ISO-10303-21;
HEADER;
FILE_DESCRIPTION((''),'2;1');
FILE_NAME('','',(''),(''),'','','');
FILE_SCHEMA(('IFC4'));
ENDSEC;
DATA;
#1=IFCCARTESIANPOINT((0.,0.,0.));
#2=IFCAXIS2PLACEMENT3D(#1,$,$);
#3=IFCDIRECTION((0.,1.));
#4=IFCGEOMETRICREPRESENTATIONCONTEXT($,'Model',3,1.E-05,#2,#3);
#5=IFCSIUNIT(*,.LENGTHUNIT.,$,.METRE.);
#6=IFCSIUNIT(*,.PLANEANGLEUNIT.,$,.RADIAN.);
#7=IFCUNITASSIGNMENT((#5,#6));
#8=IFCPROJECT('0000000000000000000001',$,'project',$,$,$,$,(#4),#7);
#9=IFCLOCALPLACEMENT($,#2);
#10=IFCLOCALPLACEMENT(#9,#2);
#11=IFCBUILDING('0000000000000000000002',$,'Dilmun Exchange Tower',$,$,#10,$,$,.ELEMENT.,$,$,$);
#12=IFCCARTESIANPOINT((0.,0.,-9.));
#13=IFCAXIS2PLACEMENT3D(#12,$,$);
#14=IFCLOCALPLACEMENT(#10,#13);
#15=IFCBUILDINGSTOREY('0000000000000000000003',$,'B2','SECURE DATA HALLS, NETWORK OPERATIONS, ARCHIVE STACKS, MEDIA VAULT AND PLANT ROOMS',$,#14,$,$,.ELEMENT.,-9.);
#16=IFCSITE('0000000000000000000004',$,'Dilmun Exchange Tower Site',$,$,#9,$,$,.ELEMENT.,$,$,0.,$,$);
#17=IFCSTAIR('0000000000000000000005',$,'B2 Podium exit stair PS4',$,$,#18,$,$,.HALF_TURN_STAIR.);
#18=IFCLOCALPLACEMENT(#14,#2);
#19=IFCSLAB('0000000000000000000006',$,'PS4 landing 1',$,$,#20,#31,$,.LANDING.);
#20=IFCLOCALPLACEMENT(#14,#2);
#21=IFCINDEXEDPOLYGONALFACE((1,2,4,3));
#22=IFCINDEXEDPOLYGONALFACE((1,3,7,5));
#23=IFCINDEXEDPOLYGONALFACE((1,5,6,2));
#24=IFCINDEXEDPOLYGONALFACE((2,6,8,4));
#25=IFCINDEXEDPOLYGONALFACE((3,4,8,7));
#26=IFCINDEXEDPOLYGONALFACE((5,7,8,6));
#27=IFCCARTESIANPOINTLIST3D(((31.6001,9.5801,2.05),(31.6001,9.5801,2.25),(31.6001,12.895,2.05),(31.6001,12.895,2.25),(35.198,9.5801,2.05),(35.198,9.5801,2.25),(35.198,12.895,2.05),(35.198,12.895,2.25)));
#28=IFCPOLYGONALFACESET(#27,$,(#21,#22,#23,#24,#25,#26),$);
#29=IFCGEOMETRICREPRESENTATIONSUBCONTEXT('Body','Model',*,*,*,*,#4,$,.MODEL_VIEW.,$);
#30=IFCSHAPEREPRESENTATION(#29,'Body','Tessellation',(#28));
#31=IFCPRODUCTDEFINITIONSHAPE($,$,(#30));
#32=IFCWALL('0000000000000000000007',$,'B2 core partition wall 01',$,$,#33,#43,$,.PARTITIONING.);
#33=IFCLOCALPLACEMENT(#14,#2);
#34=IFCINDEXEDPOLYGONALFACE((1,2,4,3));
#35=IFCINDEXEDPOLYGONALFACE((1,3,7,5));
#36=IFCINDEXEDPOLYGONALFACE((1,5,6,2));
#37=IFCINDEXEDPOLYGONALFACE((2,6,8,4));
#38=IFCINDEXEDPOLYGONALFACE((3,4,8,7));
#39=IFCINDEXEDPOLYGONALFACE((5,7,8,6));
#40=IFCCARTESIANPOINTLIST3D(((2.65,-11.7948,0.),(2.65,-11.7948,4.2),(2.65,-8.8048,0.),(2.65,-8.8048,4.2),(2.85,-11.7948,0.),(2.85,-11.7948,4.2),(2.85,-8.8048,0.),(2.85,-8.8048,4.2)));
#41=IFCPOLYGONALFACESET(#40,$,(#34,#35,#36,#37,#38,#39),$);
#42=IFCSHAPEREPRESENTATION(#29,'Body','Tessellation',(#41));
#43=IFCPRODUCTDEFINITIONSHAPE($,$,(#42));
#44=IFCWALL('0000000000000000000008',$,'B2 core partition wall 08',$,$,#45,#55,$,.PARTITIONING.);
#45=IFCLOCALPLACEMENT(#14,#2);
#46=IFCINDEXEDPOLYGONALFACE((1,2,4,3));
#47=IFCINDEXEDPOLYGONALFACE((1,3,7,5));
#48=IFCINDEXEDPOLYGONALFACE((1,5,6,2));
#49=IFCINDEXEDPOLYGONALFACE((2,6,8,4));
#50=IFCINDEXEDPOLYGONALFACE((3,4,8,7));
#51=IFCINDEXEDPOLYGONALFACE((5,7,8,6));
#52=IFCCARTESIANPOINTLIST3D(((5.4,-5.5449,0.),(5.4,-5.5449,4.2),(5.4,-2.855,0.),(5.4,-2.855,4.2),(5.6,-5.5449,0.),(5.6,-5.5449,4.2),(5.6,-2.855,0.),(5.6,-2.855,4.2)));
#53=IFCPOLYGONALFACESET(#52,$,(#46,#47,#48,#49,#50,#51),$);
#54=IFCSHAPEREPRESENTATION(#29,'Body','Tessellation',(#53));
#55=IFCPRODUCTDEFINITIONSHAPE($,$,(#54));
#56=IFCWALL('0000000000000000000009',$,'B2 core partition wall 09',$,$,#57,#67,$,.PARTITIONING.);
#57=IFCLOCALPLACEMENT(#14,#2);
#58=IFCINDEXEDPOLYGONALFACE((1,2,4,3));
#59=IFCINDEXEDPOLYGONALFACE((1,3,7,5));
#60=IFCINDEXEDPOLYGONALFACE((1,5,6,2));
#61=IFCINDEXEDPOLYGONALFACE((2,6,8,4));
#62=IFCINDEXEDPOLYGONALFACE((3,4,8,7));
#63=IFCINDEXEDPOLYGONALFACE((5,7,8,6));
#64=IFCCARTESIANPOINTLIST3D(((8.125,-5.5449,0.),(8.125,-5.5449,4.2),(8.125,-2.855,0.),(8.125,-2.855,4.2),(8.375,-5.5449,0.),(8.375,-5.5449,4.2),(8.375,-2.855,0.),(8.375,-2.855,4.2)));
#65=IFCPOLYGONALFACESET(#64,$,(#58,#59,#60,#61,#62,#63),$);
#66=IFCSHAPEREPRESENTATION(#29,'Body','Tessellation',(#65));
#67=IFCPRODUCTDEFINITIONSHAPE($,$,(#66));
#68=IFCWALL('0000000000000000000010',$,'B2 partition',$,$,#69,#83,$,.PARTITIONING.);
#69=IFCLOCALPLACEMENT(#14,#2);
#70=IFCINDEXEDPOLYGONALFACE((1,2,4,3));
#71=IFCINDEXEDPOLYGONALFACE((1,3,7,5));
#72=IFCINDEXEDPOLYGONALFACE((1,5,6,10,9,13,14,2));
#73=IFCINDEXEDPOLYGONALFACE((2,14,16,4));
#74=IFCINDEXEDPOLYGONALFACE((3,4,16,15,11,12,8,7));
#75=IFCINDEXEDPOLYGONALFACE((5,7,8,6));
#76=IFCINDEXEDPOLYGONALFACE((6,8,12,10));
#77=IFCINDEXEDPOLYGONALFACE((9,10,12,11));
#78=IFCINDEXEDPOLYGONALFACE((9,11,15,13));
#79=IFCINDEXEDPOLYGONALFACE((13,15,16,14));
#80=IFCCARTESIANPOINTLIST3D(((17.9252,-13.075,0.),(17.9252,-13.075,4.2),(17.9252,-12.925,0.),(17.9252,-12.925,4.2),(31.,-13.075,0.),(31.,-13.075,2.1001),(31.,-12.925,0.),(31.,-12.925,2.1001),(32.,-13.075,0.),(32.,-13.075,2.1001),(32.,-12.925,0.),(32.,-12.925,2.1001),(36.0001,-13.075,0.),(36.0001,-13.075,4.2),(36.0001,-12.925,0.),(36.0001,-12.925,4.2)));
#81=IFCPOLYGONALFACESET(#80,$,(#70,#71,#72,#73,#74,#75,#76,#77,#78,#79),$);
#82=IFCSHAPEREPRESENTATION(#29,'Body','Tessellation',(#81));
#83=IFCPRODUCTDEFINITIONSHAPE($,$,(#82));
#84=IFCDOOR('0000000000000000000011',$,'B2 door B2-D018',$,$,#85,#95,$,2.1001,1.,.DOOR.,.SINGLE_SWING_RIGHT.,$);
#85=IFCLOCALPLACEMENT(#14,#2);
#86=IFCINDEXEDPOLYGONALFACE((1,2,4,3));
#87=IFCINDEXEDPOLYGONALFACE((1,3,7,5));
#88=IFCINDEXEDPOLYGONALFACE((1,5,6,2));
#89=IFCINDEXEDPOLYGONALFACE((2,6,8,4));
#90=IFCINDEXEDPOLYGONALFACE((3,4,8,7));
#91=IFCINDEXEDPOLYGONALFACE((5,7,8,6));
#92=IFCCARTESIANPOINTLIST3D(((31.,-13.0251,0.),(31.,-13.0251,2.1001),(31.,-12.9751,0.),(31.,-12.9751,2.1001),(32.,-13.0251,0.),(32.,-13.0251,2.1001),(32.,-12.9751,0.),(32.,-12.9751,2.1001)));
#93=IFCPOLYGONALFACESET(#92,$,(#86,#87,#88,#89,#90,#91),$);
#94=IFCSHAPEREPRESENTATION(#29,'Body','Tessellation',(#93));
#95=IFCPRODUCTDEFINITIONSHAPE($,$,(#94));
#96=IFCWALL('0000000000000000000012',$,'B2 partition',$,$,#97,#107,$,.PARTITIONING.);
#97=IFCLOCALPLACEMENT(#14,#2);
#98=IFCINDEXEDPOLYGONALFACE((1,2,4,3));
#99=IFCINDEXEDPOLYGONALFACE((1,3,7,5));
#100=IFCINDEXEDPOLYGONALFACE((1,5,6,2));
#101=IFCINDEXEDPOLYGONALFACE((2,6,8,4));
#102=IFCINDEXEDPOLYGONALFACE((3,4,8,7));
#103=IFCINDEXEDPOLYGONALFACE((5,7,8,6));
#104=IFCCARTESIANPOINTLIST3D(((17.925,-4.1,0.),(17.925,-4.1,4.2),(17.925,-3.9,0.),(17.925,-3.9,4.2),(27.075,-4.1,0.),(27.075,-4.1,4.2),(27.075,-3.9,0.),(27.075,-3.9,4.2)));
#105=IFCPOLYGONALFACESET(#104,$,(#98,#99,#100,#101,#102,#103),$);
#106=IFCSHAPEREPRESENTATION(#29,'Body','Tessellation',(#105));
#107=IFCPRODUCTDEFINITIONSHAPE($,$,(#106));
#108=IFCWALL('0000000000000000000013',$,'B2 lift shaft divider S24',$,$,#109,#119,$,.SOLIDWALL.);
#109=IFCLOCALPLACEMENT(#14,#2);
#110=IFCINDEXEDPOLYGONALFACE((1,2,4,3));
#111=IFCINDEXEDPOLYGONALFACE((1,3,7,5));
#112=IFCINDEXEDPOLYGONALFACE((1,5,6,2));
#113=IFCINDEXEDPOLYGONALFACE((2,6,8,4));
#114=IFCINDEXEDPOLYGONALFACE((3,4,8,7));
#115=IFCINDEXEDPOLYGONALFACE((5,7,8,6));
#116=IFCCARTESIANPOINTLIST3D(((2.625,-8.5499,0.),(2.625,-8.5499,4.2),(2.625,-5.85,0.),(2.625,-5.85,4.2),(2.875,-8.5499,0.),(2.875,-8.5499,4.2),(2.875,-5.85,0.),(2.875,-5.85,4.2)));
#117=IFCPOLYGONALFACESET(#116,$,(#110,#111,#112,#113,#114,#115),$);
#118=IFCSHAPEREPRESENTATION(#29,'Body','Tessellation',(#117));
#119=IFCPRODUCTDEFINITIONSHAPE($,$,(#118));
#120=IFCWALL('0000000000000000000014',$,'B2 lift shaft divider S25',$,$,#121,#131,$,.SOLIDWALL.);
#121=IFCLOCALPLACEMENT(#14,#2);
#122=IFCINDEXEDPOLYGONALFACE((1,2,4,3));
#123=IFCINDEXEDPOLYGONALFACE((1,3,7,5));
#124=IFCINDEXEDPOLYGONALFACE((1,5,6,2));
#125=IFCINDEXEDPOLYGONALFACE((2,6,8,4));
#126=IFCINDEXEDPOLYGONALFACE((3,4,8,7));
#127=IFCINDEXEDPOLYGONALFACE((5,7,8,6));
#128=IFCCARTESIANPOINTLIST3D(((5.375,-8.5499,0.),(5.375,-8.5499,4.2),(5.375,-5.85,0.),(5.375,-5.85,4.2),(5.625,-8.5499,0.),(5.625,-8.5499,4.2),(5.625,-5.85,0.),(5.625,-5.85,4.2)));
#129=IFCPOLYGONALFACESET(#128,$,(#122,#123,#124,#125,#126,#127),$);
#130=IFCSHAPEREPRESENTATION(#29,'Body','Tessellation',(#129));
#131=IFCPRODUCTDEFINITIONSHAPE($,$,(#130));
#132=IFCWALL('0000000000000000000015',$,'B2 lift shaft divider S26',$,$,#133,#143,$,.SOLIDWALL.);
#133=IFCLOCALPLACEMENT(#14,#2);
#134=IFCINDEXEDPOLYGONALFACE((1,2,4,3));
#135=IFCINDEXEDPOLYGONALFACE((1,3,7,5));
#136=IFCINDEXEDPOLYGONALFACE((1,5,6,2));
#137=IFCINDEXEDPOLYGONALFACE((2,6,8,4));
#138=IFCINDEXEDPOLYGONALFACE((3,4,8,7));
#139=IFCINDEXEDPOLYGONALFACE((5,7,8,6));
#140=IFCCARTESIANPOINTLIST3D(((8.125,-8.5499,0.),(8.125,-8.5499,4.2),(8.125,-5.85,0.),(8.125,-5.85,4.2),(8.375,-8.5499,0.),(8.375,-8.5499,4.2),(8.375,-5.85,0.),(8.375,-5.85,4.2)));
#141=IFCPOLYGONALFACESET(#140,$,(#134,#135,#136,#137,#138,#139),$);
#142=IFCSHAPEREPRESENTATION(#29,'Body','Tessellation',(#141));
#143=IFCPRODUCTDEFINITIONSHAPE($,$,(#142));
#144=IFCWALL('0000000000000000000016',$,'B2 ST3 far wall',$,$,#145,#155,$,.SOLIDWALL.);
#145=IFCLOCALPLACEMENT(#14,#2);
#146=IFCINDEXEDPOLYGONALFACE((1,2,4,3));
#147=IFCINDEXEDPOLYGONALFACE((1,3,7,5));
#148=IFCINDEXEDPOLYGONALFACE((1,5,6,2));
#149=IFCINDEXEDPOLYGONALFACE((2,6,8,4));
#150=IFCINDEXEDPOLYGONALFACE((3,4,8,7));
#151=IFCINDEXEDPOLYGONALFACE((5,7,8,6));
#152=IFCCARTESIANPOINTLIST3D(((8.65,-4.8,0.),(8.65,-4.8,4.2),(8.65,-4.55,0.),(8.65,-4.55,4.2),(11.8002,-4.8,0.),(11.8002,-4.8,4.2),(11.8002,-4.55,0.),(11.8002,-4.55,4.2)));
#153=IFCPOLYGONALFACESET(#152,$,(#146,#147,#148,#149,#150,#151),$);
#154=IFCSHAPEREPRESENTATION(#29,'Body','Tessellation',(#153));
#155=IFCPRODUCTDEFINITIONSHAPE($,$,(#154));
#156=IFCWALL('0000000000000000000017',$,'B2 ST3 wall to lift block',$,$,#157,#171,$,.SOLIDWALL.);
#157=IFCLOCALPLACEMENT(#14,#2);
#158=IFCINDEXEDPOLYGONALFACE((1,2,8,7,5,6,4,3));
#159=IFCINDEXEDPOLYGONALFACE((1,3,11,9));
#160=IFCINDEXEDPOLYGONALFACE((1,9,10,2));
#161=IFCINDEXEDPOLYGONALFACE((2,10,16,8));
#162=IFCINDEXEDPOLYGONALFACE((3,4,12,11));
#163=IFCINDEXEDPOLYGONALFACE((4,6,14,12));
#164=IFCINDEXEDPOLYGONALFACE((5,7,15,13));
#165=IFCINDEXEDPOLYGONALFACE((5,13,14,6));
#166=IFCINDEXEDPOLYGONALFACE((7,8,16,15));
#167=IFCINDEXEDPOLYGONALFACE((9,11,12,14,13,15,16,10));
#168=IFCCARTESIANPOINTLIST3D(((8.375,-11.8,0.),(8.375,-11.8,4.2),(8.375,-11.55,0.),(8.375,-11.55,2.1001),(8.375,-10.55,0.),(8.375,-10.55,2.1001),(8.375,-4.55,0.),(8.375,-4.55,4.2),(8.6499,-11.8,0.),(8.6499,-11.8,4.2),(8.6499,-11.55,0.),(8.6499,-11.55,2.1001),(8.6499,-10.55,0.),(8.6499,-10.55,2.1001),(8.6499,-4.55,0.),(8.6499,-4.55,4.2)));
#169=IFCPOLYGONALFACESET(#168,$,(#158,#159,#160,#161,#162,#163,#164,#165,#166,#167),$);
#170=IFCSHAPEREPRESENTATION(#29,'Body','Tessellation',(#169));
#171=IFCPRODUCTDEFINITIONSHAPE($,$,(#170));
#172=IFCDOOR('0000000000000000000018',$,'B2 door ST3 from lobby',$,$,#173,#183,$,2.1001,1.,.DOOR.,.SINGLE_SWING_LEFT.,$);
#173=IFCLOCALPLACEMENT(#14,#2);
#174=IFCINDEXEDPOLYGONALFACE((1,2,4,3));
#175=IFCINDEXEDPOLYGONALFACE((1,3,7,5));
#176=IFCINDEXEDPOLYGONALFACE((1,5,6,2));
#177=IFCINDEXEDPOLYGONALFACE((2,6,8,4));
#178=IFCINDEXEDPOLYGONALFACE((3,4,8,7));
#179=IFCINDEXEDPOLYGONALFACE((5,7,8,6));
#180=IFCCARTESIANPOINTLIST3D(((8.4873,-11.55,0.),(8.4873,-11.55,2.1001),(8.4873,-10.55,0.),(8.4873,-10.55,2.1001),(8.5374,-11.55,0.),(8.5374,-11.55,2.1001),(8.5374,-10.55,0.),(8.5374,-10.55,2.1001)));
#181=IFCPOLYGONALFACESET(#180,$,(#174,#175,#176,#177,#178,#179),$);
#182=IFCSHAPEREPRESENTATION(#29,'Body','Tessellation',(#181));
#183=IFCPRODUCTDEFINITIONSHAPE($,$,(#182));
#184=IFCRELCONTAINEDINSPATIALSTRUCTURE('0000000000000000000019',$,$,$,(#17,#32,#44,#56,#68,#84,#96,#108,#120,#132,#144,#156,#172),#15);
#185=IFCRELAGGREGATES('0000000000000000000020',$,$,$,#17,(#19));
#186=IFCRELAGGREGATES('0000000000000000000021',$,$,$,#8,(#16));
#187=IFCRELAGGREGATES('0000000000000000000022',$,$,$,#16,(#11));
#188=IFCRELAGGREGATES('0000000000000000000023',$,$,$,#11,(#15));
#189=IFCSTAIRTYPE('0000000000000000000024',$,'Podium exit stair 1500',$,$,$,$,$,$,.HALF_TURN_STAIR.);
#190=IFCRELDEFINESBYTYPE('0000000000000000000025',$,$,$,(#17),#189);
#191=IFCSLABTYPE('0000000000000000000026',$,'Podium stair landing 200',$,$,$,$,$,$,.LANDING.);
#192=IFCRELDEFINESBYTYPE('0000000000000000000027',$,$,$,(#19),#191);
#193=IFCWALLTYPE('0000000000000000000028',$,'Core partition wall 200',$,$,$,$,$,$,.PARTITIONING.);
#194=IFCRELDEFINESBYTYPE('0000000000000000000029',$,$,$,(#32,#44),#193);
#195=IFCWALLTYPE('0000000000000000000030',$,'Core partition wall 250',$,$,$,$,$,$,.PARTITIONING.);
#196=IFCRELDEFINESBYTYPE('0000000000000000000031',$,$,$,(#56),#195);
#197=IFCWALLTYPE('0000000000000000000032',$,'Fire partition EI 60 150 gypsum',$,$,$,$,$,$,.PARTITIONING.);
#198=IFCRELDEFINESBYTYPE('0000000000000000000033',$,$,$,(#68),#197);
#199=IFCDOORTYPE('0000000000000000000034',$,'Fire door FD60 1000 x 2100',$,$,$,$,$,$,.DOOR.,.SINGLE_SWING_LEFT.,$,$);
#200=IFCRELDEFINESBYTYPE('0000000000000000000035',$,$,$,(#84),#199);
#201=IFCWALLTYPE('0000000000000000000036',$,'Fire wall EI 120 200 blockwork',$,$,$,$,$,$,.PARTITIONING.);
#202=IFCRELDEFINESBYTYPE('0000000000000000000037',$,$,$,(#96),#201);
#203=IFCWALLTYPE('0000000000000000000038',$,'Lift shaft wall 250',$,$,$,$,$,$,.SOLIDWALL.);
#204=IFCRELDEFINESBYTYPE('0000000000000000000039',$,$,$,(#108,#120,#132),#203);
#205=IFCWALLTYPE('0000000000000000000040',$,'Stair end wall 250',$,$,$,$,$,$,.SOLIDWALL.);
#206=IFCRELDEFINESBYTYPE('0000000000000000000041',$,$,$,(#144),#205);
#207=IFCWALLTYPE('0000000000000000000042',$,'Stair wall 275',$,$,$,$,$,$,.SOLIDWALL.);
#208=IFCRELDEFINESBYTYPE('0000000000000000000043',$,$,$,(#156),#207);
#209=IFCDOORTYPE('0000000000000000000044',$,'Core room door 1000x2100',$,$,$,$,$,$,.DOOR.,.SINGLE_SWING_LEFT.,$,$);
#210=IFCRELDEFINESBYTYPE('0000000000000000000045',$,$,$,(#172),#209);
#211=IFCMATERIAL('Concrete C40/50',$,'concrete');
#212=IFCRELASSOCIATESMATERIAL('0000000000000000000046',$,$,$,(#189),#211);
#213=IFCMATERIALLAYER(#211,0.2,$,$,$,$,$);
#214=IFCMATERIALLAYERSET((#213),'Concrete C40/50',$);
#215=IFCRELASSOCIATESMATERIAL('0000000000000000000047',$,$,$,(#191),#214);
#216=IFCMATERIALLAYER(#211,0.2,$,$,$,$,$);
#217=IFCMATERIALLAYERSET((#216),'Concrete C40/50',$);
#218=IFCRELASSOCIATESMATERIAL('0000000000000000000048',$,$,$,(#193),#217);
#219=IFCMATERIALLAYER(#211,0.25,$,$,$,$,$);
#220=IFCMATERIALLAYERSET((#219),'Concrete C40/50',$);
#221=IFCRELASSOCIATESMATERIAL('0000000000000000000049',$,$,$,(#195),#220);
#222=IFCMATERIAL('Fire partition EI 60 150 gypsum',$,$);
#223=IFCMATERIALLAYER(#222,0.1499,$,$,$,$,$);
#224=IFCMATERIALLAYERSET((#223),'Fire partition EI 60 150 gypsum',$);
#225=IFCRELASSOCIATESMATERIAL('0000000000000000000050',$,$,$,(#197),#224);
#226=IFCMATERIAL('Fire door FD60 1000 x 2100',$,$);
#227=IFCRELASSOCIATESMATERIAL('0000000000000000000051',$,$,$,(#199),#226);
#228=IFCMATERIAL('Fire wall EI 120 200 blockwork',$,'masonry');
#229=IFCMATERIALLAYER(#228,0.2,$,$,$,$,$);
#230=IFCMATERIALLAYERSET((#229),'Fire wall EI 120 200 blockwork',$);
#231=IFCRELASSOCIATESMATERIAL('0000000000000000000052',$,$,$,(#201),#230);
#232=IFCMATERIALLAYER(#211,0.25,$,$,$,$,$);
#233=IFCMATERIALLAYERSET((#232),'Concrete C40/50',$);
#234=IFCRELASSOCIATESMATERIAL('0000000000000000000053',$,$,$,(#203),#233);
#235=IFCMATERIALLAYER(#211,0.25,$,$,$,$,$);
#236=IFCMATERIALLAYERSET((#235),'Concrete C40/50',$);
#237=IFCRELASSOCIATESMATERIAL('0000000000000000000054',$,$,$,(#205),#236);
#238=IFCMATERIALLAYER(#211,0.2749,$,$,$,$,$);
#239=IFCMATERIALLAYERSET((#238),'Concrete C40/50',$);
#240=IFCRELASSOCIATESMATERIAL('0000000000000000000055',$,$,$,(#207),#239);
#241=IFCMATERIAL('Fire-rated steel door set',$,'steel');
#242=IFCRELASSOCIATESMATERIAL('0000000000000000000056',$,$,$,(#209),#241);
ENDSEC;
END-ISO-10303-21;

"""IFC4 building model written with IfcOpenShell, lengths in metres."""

from ifc_helpers import new_model, si_unit, direction, frame, frame_2d, origin, place, context, subcontext, project, spatial, polyline, rectangle, outline, extrude, material, layer, layer_set, type_object, element, fill, aggregate, save


model = new_model("IFC4")

# Units and contexts
model_context = context("Model", 3, precision=1e-05, world=origin(), true_north=direction((0.0, 1.0)))
body_context = subcontext(model_context, "Body", "Model", "MODEL_VIEW")
ifc_project = project(units=[si_unit("LENGTHUNIT", "METRE"), si_unit("PLANEANGLEUNIT", "RADIAN")], contexts=[model_context])

# Site, building, storey
site_placement = place(None, origin())
site = spatial("IfcSite", under=ifc_project, at=site_placement, Name="Dilmun Exchange Tower Site", CompositionType="ELEMENT", RefElevation=0.0)
building_placement = place(site_placement, origin())
building = spatial("IfcBuilding", under=site, at=building_placement, Name="Dilmun Exchange Tower", CompositionType="ELEMENT")
storey_placement = place(building_placement, frame((0.0, 0.0, -9.0)))
storey = spatial("IfcBuildingStorey", under=building, at=storey_placement, Name="B2", Description="SECURE DATA HALLS, NETWORK OPERATIONS, ARCHIVE STACKS, MEDIA VAULT AND PLANT ROOMS", CompositionType="ELEMENT", Elevation=-9.0)

# Stair, slab
ifc_material_1 = material(Name="Concrete C40/50", Category="concrete")
stair_type_1 = type_object("IfcStairType", Name="Podium exit stair 1500", PredefinedType="HALF_TURN_STAIR", material=ifc_material_1)
ifc_layer_1 = layer(ifc_material_1, 0.2)
ifc_layer_set_1 = layer_set([ifc_layer_1], Name="Concrete C40/50")
slab_type = type_object("IfcSlabType", Name="Podium stair landing 200", PredefinedType="LANDING", material=ifc_layer_set_1)
stair_1_placement = place(storey_placement, origin())
stair_1 = element("IfcStair", 1, at=stair_1_placement, inside=storey, type_object=stair_type_1, Name="B2 Podium exit stair PS4", PredefinedType="HALF_TURN_STAIR")
slab_1_placement = place(storey_placement, frame((0.0, 0.0, 2.05)))
slab_1 = element("IfcSlab", 2, at=slab_1_placement, type_object=slab_type, Name="PS4 landing 1", PredefinedType="LANDING", context=body_context, shape_type="SweptSolid", body=[
    extrude(outline(polyline([(35.198, 9.5801), (35.198, 12.895), (31.6001, 12.895), (31.6001, 9.5801), (35.198, 9.5801)])), origin(), (0.0, 0.0, 1.0), 0.2),
])
aggregate(stair_1, [slab_1])

# Walls
ifc_layer_2 = layer(ifc_material_1, 0.2)
ifc_layer_set_2 = layer_set([ifc_layer_2], Name="Concrete C40/50")
wall_type_1 = type_object("IfcWallType", Name="Core partition wall 200", PredefinedType="PARTITIONING", material=ifc_layer_set_2)
wall_1_placement = place(storey_placement, frame((2.75, -11.7949, 0.0), z_axis=(0.0, 0.0, 1.0), x_axis=(0.0, 1.0, 0.0)))
element("IfcWall", 3, at=wall_1_placement, inside=storey, type_object=wall_type_1, Name="B2 core partition wall 01", PredefinedType="PARTITIONING", context=body_context, shape_type="SweptSolid", body=[
    extrude(rectangle(XDim=2.99, YDim=0.2, at=frame_2d((1.4951, 0.0))), origin(), (0.0, 0.0, 1.0), 4.2),
])
wall_2_placement = place(storey_placement, frame((5.5, -5.5449, 0.0), z_axis=(0.0, 0.0, 1.0), x_axis=(0.0, 1.0, 0.0)))
element("IfcWall", 4, at=wall_2_placement, inside=storey, type_object=wall_type_1, Name="B2 core partition wall 08", PredefinedType="PARTITIONING", context=body_context, shape_type="SweptSolid", body=[
    extrude(rectangle(XDim=2.6899, YDim=0.2, at=frame_2d((1.345, 0.0))), origin(), (0.0, 0.0, 1.0), 4.2),
])
ifc_layer_3 = layer(ifc_material_1, 0.25)
ifc_layer_set_3 = layer_set([ifc_layer_3], Name="Concrete C40/50")
wall_type_2 = type_object("IfcWallType", Name="Core partition wall 250", PredefinedType="PARTITIONING", material=ifc_layer_set_3)
wall_3_placement = place(storey_placement, frame((8.25, -5.5449, 0.0), z_axis=(0.0, 0.0, 1.0), x_axis=(0.0, 1.0, 0.0)))
element("IfcWall", 5, at=wall_3_placement, inside=storey, type_object=wall_type_2, Name="B2 core partition wall 09", PredefinedType="PARTITIONING", context=body_context, shape_type="SweptSolid", body=[
    extrude(rectangle(XDim=2.6899, YDim=0.25, at=frame_2d((1.345, 0.0))), origin(), (0.0, 0.0, 1.0), 4.2),
])

# Wall, opening, door
ifc_material_2 = material(Name="Fire-rated steel door set", Category="steel")
ifc_material_3 = material(Name="Fire partition EI 60 150 gypsum")
ifc_layer_4 = layer(ifc_material_3, 0.1499)
ifc_layer_set_4 = layer_set([ifc_layer_4], Name="Fire partition EI 60 150 gypsum")
wall_type_3 = type_object("IfcWallType", Name="Fire partition EI 60 150 gypsum", PredefinedType="PARTITIONING", material=ifc_layer_set_4)
wall_4_placement = place(storey_placement, frame((17.925, -13.0, 0.0), z_axis=(0.0, 0.0, 1.0), x_axis=(1.0, 0.0, 0.0)))
wall_4 = element("IfcWall", 6, at=wall_4_placement, inside=storey, type_object=wall_type_3, Name="B2 partition", PredefinedType="PARTITIONING", context=body_context, shape_type="SweptSolid", body=[
    extrude(rectangle(XDim=18.075, YDim=0.1499, at=frame_2d((9.0376, 0.0))), origin(), (0.0, 0.0, 1.0), 4.2),
])
opening_1_placement = place(wall_4_placement, frame((13.075, 0.0, 0.0)))
opening_1 = element("IfcOpeningElement", 7, at=opening_1_placement, cuts=wall_4, PredefinedType="OPENING", context=body_context, shape_type="SweptSolid", body=[
    extrude(rectangle(XDim=1.0, YDim=2.1001, at=frame_2d((0.5, 1.05))), frame((0.0, 0.085, 0.0), z_axis=(0.0, -1.0, 0.0), x_axis=(1.0, 0.0, 0.0)), (0.0, 0.0, 1.0), 0.1699),
])
ifc_material_4 = material(Name="Fire door FD60 1000 x 2100")
door_type_1 = type_object("IfcDoorType", Name="Fire door FD60 1000 x 2100", OperationType="SINGLE_SWING_LEFT", PredefinedType="DOOR", material=ifc_material_4)
door_1_placement = place(opening_1_placement, origin())
door_1 = element("IfcDoor", 8, at=door_1_placement, inside=storey, type_object=door_type_1, Name="B2 door B2-D018", OperationType="SINGLE_SWING_RIGHT", OverallHeight=2.1001, OverallWidth=1.0, PredefinedType="DOOR", context=body_context, shape_type="SweptSolid", body=[
    extrude(rectangle(XDim=1.0, YDim=2.1001, at=frame_2d((0.5, 1.05))), frame((0.0, 0.0249, 0.0), z_axis=(0.0, -1.0, 0.0), x_axis=(1.0, 0.0, 0.0)), (0.0, 0.0, 1.0), 0.05),
])
fill(opening_1, door_1)

# Walls
ifc_material_5 = material(Name="Fire wall EI 120 200 blockwork", Category="masonry")
ifc_layer_5 = layer(ifc_material_5, 0.2)
ifc_layer_set_5 = layer_set([ifc_layer_5], Name="Fire wall EI 120 200 blockwork")
wall_type_4 = type_object("IfcWallType", Name="Fire wall EI 120 200 blockwork", PredefinedType="PARTITIONING", material=ifc_layer_set_5)
wall_5_placement = place(storey_placement, frame((17.925, -4.0, 0.0), z_axis=(0.0, 0.0, 1.0), x_axis=(1.0, 0.0, 0.0)))
element("IfcWall", 9, at=wall_5_placement, inside=storey, type_object=wall_type_4, Name="B2 partition", PredefinedType="PARTITIONING", context=body_context, shape_type="SweptSolid", body=[
    extrude(rectangle(XDim=9.1499, YDim=0.2, at=frame_2d((4.575, 0.0))), origin(), (0.0, 0.0, 1.0), 4.2),
])
ifc_layer_6 = layer(ifc_material_1, 0.25)
ifc_layer_set_6 = layer_set([ifc_layer_6], Name="Concrete C40/50")
wall_type_5 = type_object("IfcWallType", Name="Lift shaft wall 250", PredefinedType="SOLIDWALL", material=ifc_layer_set_6)
for number, where, z_axis, x_axis, name in (
    (10, (2.75, -8.55, 0.0), (0.0, 0.0, 1.0), (0.0, 1.0, 0.0), "B2 lift shaft divider S24"),
    (11, (5.5, -8.55, 0.0), (0.0, 0.0, 1.0), (0.0, 1.0, 0.0), "B2 lift shaft divider S25"),
    (12, (8.25, -8.55, 0.0), (0.0, 0.0, 1.0), (0.0, 1.0, 0.0), "B2 lift shaft divider S26"),
):
    element("IfcWall", number, at=place(storey_placement, frame(where, z_axis=z_axis, x_axis=x_axis)), inside=storey, type_object=wall_type_5, Name=name, PredefinedType="SOLIDWALL", context=body_context, shape_type="SweptSolid", body=[
        extrude(rectangle(XDim=2.7, YDim=0.25, at=frame_2d((1.3501, 0.0))), origin(), (0.0, 0.0, 1.0), 4.2),
    ])
ifc_layer_7 = layer(ifc_material_1, 0.25)
ifc_layer_set_7 = layer_set([ifc_layer_7], Name="Concrete C40/50")
wall_type_6 = type_object("IfcWallType", Name="Stair end wall 250", PredefinedType="SOLIDWALL", material=ifc_layer_set_7)
wall_6_placement = place(storey_placement, frame((8.6499, -4.675, 0.0), z_axis=(0.0, 0.0, 1.0), x_axis=(1.0, 0.0, 0.0)))
element("IfcWall", 13, at=wall_6_placement, inside=storey, type_object=wall_type_6, Name="B2 ST3 far wall", PredefinedType="SOLIDWALL", context=body_context, shape_type="SweptSolid", body=[
    extrude(rectangle(XDim=3.1501, YDim=0.25, at=frame_2d((1.5752, 0.0))), origin(), (0.0, 0.0, 1.0), 4.2),
])

# Wall, opening, door
ifc_layer_8 = layer(ifc_material_1, 0.2749)
ifc_layer_set_8 = layer_set([ifc_layer_8], Name="Concrete C40/50")
wall_type_7 = type_object("IfcWallType", Name="Stair wall 275", PredefinedType="SOLIDWALL", material=ifc_layer_set_8)
wall_7_placement = place(storey_placement, frame((8.5125, -4.55, 0.0), z_axis=(0.0, 0.0, 1.0), x_axis=(0.0, -1.0, 0.0)))
wall_7 = element("IfcWall", 14, at=wall_7_placement, inside=storey, type_object=wall_type_7, Name="B2 ST3 wall to lift block", PredefinedType="SOLIDWALL", context=body_context, shape_type="SweptSolid", body=[
    extrude(rectangle(XDim=7.25, YDim=0.2749, at=frame_2d((3.625, 0.0))), origin(), (0.0, 0.0, 1.0), 4.2),
])
opening_2_placement = place(wall_7_placement, frame((6.0, 0.0, 0.0)))
opening_2 = element("IfcOpeningElement", 15, at=opening_2_placement, cuts=wall_7, PredefinedType="OPENING", context=body_context, shape_type="SweptSolid", body=[
    extrude(rectangle(XDim=1.0, YDim=2.1001, at=frame_2d((0.5, 1.05))), frame((0.0, 0.1475, 0.0), z_axis=(0.0, -1.0, 0.0), x_axis=(1.0, 0.0, 0.0)), (0.0, 0.0, 1.0), 0.2949),
])
door_type_2 = type_object("IfcDoorType", Name="Core room door 1000x2100", OperationType="SINGLE_SWING_LEFT", PredefinedType="DOOR", material=ifc_material_2)
door_2_placement = place(opening_2_placement, origin())
door_2 = element("IfcDoor", 16, at=door_2_placement, inside=storey, type_object=door_type_2, Name="B2 door ST3 from lobby", OperationType="SINGLE_SWING_LEFT", OverallHeight=2.1001, OverallWidth=1.0, PredefinedType="DOOR", context=body_context, shape_type="SweptSolid", body=[
    extrude(rectangle(XDim=1.0, YDim=2.1001, at=frame_2d((0.5, 1.05))), frame((0.0, 0.0249, 0.0), z_axis=(0.0, -1.0, 0.0), x_axis=(1.0, 0.0, 0.0)), (0.0, 0.0, 1.0), 0.05),
])
fill(opening_2, door_2)

save(model, "model.ifc")
